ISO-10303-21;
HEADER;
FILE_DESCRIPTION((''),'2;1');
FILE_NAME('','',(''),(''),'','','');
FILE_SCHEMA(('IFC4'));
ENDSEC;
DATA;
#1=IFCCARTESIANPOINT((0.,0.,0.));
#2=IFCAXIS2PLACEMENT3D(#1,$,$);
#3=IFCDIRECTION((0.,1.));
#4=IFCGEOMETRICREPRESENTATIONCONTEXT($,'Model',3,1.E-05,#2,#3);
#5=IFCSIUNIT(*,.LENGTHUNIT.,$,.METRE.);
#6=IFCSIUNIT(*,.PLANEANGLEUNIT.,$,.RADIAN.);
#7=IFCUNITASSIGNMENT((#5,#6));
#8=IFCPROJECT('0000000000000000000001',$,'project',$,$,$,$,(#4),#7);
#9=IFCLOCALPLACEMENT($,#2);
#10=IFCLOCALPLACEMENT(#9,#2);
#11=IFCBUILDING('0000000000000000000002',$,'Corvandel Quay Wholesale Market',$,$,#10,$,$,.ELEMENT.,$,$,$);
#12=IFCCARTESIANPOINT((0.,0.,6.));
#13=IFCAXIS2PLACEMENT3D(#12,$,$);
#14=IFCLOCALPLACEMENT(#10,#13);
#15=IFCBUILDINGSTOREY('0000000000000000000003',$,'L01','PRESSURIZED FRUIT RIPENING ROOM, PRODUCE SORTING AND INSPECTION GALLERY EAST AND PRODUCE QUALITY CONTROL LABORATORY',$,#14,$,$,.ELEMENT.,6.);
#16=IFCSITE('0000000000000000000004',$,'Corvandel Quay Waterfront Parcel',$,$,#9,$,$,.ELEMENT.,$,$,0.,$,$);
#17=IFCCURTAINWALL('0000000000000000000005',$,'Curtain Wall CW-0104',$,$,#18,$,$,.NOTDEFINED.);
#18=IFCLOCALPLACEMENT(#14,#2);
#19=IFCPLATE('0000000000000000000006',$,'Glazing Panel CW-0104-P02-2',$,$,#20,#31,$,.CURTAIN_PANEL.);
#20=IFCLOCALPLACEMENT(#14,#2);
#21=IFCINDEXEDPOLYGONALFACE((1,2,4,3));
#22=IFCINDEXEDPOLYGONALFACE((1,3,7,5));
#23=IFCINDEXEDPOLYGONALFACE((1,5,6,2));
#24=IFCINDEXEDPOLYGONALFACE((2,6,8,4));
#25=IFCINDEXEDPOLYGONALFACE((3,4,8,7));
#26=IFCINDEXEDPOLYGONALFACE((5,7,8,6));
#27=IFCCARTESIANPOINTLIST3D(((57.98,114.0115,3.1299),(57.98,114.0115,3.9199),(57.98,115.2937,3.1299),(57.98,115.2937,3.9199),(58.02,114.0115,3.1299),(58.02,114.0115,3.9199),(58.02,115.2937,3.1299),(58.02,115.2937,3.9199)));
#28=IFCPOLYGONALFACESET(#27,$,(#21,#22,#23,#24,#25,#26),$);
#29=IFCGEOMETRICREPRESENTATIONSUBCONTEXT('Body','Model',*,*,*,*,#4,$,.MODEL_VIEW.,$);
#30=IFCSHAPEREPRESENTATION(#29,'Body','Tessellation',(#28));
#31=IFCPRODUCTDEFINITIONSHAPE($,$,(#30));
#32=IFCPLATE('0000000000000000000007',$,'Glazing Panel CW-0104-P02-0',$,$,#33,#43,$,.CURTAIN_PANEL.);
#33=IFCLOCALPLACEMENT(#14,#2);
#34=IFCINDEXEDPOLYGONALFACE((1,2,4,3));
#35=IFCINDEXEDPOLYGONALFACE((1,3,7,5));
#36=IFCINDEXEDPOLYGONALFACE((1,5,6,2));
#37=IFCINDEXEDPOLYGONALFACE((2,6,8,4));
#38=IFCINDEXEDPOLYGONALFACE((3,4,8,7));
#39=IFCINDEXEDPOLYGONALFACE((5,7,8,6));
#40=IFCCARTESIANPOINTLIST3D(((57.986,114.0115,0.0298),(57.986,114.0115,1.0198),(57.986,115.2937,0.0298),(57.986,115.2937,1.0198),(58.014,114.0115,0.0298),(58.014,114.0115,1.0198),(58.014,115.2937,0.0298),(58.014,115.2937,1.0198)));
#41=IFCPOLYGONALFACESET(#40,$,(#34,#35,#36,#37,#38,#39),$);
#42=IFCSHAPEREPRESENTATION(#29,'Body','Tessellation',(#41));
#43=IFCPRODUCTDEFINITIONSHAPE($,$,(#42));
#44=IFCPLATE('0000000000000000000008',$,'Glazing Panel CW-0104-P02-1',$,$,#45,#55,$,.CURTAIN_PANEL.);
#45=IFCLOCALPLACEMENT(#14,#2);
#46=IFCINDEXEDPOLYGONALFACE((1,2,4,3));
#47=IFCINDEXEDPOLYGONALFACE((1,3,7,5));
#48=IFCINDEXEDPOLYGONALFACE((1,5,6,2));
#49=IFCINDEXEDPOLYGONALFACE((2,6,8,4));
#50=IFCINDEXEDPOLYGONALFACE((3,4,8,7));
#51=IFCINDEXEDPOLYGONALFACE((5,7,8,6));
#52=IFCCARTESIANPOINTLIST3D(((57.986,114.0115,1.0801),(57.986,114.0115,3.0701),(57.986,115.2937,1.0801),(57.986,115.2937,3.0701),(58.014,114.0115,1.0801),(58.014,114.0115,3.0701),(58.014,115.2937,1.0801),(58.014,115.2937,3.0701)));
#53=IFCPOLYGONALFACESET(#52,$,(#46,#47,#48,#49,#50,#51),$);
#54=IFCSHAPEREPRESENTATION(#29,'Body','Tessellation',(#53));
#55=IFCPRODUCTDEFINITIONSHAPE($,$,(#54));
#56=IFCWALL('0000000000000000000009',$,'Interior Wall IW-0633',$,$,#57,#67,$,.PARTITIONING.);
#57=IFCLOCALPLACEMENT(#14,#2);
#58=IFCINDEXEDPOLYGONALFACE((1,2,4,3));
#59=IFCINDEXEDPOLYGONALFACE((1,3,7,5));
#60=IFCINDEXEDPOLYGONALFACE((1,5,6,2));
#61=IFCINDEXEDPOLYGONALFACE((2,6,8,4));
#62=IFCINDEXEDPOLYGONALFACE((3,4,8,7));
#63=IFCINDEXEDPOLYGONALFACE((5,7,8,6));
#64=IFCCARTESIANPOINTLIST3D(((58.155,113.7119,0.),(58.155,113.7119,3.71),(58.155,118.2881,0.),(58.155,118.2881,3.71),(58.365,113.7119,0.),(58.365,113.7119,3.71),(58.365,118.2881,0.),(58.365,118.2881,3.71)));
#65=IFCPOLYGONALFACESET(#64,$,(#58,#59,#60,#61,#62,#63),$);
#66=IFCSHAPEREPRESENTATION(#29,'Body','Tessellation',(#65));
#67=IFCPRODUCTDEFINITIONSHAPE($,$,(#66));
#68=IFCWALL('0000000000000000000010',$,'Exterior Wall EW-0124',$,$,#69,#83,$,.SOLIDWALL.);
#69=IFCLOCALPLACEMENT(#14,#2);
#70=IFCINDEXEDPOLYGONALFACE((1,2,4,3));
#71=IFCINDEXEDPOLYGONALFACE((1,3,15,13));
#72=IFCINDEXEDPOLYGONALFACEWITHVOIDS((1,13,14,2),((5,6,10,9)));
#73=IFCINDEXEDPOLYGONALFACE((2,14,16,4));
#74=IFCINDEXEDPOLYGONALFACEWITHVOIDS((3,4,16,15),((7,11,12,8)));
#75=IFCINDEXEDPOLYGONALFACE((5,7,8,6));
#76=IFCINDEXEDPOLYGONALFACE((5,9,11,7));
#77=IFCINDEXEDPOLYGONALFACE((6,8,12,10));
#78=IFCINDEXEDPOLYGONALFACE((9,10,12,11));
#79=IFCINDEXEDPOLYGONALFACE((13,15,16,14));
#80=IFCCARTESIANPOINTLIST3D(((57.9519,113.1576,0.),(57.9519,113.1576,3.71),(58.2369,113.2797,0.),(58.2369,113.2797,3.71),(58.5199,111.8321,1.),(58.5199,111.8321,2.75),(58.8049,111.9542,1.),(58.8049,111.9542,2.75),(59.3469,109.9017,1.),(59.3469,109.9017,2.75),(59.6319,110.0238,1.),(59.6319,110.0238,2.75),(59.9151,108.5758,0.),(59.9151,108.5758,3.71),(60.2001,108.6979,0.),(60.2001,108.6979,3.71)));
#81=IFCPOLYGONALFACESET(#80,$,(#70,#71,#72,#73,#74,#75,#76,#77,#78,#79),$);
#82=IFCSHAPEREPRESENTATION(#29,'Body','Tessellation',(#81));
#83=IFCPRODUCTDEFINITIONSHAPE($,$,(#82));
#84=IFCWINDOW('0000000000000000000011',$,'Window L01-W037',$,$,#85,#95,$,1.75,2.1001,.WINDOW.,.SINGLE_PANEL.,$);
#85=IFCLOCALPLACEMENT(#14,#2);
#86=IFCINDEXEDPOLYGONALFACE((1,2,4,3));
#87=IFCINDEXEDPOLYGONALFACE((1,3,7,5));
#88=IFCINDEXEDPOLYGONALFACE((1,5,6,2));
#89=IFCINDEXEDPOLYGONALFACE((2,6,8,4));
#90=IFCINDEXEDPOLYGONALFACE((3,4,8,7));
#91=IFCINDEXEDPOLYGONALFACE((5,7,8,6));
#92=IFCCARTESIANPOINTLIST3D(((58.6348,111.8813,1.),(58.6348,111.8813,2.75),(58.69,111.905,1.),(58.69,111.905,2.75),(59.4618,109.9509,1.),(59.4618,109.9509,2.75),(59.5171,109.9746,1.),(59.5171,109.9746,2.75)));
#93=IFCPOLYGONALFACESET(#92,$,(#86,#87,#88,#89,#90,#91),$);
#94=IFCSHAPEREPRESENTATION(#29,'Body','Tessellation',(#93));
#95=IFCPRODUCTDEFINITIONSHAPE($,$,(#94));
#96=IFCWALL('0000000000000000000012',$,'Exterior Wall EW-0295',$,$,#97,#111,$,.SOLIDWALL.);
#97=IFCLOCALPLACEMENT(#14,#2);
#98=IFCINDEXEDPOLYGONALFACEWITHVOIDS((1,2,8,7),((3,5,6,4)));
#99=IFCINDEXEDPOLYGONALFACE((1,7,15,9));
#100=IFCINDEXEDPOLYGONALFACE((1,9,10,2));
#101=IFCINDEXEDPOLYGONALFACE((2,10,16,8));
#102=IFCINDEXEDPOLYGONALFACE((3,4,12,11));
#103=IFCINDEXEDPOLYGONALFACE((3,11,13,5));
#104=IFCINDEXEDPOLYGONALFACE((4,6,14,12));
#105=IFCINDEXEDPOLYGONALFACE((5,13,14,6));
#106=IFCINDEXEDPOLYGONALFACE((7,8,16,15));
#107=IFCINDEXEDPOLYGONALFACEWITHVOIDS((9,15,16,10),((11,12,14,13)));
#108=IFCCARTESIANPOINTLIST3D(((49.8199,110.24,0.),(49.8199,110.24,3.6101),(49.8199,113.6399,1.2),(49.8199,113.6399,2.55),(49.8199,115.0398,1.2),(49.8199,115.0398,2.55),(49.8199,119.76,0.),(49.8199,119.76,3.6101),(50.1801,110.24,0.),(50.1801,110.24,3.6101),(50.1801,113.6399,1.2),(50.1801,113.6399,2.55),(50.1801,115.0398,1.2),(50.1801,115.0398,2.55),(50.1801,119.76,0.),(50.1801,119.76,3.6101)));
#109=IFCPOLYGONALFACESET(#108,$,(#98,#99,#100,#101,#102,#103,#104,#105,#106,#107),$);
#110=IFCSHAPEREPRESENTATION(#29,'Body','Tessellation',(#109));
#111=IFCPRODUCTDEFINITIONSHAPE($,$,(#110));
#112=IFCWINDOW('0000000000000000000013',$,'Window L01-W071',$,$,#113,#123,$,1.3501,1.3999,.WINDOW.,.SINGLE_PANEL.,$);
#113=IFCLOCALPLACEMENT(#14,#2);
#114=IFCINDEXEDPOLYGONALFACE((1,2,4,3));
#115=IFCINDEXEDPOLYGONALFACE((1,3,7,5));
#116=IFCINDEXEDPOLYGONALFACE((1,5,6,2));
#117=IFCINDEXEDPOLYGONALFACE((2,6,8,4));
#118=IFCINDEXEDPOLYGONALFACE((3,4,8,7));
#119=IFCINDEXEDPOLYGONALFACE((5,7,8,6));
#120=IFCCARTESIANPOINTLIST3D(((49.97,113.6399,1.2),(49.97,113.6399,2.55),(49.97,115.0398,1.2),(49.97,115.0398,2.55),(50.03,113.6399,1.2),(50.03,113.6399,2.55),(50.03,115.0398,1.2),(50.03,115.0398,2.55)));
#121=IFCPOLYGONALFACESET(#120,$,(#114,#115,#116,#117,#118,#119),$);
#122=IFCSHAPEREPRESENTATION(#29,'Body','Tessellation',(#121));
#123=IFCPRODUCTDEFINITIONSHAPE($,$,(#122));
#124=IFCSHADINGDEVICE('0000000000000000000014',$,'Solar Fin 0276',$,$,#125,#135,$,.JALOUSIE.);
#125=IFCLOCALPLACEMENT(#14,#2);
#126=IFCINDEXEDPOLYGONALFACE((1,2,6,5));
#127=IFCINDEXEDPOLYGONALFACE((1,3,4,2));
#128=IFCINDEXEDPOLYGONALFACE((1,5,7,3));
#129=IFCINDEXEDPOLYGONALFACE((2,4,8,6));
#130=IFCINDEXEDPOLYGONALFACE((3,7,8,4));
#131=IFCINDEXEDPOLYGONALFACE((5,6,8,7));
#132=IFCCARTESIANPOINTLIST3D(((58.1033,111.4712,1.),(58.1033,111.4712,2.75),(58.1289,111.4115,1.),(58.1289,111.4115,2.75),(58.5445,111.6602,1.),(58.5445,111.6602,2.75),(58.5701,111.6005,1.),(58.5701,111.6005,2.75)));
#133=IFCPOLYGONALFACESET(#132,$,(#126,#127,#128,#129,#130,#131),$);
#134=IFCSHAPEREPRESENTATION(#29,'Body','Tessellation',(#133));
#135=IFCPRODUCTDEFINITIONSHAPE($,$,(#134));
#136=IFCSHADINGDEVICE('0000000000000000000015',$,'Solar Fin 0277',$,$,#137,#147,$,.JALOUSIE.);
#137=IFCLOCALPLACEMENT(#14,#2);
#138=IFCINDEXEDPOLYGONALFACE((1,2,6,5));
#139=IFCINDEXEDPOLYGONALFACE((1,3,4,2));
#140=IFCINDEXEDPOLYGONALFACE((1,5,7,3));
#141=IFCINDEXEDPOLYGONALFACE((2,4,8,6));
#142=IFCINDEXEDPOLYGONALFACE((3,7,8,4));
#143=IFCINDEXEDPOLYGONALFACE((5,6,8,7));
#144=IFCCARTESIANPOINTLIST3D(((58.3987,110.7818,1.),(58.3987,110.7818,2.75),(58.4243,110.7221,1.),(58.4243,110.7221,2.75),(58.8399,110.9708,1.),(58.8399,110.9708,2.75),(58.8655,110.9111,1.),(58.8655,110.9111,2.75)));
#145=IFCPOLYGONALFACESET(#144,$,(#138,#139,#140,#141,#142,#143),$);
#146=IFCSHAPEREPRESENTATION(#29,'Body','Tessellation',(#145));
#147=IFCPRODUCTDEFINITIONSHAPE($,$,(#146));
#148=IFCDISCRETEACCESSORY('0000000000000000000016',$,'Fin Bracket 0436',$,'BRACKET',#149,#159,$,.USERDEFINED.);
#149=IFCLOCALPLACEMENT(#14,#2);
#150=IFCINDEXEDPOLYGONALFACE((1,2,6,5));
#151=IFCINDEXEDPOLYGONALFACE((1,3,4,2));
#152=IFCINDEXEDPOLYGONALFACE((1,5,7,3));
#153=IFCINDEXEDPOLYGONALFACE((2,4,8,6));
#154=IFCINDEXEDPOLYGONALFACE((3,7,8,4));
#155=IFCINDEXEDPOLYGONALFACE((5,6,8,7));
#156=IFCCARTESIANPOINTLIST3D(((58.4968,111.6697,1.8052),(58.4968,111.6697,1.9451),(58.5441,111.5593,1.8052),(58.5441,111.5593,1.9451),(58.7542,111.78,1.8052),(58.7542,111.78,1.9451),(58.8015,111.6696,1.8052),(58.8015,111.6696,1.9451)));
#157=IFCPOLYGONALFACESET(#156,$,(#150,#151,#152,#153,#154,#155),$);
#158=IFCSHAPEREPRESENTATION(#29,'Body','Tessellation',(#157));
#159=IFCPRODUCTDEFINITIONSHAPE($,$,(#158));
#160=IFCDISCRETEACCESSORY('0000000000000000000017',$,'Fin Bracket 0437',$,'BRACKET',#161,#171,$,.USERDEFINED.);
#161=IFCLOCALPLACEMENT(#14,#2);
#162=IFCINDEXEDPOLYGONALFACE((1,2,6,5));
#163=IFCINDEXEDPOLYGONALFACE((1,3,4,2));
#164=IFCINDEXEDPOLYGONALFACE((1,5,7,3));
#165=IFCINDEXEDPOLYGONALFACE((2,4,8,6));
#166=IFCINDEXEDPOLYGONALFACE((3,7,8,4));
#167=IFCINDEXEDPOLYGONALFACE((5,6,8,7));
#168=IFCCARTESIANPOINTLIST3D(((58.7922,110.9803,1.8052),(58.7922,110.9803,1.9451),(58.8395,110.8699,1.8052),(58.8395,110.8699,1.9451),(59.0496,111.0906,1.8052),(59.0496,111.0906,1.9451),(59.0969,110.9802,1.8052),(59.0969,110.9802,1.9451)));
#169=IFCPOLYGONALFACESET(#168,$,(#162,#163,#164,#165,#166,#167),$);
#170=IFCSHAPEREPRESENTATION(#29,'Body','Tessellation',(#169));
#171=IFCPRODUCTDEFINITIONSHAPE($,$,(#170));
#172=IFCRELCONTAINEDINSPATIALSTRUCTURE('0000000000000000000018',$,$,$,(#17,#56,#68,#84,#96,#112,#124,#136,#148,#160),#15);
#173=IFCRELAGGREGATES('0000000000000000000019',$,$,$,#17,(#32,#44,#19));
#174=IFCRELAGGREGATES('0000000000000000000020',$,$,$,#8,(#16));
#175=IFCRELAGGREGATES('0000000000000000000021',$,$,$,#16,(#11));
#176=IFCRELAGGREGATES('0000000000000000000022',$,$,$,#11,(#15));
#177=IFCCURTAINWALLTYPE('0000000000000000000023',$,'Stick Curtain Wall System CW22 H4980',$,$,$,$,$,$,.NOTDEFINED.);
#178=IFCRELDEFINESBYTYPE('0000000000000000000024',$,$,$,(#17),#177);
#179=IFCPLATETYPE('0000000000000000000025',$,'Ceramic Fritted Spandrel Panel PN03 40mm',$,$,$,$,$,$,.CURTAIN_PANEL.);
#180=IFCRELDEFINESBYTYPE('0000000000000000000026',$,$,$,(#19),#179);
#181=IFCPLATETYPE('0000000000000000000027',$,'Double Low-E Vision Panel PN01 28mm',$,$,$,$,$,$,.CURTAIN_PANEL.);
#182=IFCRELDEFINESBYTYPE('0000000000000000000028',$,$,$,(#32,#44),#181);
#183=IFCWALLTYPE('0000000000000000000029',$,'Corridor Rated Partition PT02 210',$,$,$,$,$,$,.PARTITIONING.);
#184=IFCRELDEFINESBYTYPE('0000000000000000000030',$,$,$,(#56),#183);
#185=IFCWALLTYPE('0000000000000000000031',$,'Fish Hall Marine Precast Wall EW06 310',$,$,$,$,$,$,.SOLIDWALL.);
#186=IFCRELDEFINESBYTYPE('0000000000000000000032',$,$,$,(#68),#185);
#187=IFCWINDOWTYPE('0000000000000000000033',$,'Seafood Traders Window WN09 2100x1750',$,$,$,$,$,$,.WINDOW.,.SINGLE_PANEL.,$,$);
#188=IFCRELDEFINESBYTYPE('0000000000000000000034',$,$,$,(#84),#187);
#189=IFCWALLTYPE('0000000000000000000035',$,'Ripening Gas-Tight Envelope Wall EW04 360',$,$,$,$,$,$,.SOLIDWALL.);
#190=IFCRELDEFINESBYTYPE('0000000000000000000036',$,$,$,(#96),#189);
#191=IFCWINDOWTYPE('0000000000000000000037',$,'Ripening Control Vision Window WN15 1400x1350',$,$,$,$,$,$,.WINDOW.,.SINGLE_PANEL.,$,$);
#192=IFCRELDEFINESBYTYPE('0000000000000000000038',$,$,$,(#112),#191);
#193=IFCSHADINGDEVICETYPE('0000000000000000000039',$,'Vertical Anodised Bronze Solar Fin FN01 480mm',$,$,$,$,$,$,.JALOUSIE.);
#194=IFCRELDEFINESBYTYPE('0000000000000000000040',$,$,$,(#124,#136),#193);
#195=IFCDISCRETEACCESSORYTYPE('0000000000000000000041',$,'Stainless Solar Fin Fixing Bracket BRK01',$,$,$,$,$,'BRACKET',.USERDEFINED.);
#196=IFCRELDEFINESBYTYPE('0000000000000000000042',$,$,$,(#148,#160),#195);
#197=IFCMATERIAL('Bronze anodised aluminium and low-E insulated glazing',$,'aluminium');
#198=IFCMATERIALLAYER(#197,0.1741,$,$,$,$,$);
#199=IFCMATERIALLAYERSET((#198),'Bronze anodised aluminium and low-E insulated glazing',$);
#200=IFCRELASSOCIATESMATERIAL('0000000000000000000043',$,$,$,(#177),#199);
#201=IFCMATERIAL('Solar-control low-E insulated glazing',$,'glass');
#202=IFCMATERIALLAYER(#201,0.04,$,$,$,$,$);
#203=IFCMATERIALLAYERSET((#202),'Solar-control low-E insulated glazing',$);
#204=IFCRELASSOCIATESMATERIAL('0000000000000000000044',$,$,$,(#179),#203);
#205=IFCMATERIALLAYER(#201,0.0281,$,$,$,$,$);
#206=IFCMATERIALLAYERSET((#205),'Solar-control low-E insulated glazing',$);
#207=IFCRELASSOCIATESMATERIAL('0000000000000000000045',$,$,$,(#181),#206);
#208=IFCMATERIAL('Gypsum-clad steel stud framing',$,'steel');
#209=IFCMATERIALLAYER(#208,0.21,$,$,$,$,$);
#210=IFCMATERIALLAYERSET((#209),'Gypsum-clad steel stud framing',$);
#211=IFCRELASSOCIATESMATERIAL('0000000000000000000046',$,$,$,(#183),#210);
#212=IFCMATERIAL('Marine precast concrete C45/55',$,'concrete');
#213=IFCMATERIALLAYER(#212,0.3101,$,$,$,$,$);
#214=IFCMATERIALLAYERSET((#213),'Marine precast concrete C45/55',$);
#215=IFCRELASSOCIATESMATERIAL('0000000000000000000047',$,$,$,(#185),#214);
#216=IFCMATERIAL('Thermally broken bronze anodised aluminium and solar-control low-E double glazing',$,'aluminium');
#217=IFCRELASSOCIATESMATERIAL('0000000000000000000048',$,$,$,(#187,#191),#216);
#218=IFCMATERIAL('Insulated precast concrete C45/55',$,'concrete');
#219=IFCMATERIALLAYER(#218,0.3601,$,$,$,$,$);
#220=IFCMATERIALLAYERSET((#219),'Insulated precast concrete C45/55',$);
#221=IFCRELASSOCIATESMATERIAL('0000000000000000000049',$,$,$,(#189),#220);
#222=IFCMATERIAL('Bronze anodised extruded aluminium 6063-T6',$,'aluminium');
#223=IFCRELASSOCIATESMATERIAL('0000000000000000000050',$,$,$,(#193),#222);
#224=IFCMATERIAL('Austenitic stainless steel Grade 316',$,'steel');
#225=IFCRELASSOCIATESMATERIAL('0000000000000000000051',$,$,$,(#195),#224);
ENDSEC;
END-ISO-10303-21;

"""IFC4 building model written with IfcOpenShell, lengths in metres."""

from ifc_helpers import new_model, si_unit, direction, frame, frame_2d, origin, origin_2d, place, context, subcontext, project, spatial, rectangle, extrude, material, layer, layer_set, type_object, element, fill, aggregate, save


model = new_model("IFC4")

# Units and contexts
model_context = context("Model", 3, precision=1e-05, world=origin(), true_north=direction((0.0, 1.0)))
body_context = subcontext(model_context, "Body", "Model", "MODEL_VIEW")
ifc_project = project(units=[si_unit("LENGTHUNIT", "METRE"), si_unit("PLANEANGLEUNIT", "RADIAN")], contexts=[model_context])

# Site, building, storey
site_placement = place(None, origin())
site = spatial("IfcSite", under=ifc_project, at=site_placement, Name="Corvandel Quay Waterfront Parcel", CompositionType="ELEMENT", RefElevation=0.0)
building_placement = place(site_placement, origin())
building = spatial("IfcBuilding", under=site, at=building_placement, Name="Corvandel Quay Wholesale Market", CompositionType="ELEMENT")
storey_placement = place(building_placement, frame((0.0, 0.0, 6.0)))
storey = spatial("IfcBuildingStorey", under=building, at=storey_placement, Name="L01", Description="PRESSURIZED FRUIT RIPENING ROOM, PRODUCE SORTING AND INSPECTION GALLERY EAST AND PRODUCE QUALITY CONTROL LABORATORY", CompositionType="ELEMENT", Elevation=6.0)

# Curtain wall
ifc_material_1 = material(Name="Bronze anodised aluminium and low-E insulated glazing", Category="aluminium")
ifc_layer_1 = layer(ifc_material_1, 0.1741)
ifc_layer_set_1 = layer_set([ifc_layer_1], Name="Bronze anodised aluminium and low-E insulated glazing")
curtain_wall_type = type_object("IfcCurtainWallType", Name="Stick Curtain Wall System CW22 H4980", PredefinedType="NOTDEFINED", material=ifc_layer_set_1)
curtain_wall_placement = place(storey_placement, origin())
curtain_wall = element("IfcCurtainWall", 1, at=curtain_wall_placement, inside=storey, type_object=curtain_wall_type, Name="Curtain Wall CW-0104", PredefinedType="NOTDEFINED")

# Plates
ifc_material_2 = material(Name="Solar-control low-E insulated glazing", Category="glass")
ifc_layer_2 = layer(ifc_material_2, 0.04)
ifc_layer_set_2 = layer_set([ifc_layer_2], Name="Solar-control low-E insulated glazing")
plate_type_1 = type_object("IfcPlateType", Name="Ceramic Fritted Spandrel Panel PN03 40mm", PredefinedType="CURTAIN_PANEL", material=ifc_layer_set_2)
plate_1_placement = place(storey_placement, frame((58.0, 114.6526, 3.1299), z_axis=(0.0, 0.0, 1.0), x_axis=(0.0, 1.0, 0.0)))
plate_1 = element("IfcPlate", 2, at=plate_1_placement, type_object=plate_type_1, Name="Glazing Panel CW-0104-P02-2", PredefinedType="CURTAIN_PANEL", context=body_context, shape_type="SweptSolid", body=[
    extrude(rectangle(XDim=1.2822, YDim=0.04, at=origin_2d()), origin(), (0.0, 0.0, 1.0), 0.79),
])
ifc_layer_3 = layer(ifc_material_2, 0.0281)
ifc_layer_set_3 = layer_set([ifc_layer_3], Name="Solar-control low-E insulated glazing")
plate_type_2 = type_object("IfcPlateType", Name="Double Low-E Vision Panel PN01 28mm", PredefinedType="CURTAIN_PANEL", material=ifc_layer_set_3)
plate_2_placement = place(storey_placement, frame((58.0, 114.6526, 0.0298), z_axis=(0.0, 0.0, 1.0), x_axis=(0.0, 1.0, 0.0)))
plate_2 = element("IfcPlate", 3, at=plate_2_placement, type_object=plate_type_2, Name="Glazing Panel CW-0104-P02-0", PredefinedType="CURTAIN_PANEL", context=body_context, shape_type="SweptSolid", body=[
    extrude(rectangle(XDim=1.2822, YDim=0.0281, at=origin_2d()), origin(), (0.0, 0.0, 1.0), 0.99),
])
plate_3_placement = place(storey_placement, frame((58.0, 114.6526, 1.0801), z_axis=(0.0, 0.0, 1.0), x_axis=(0.0, 1.0, 0.0)))
plate_3 = element("IfcPlate", 4, at=plate_3_placement, type_object=plate_type_2, Name="Glazing Panel CW-0104-P02-1", PredefinedType="CURTAIN_PANEL", context=body_context, shape_type="SweptSolid", body=[
    extrude(rectangle(XDim=1.2822, YDim=0.0281, at=origin_2d()), origin(), (0.0, 0.0, 1.0), 1.99),
])
aggregate(curtain_wall, [plate_2, plate_3, plate_1])

# Wall
ifc_material_3 = material(Name="Gypsum-clad steel stud framing", Category="steel")
ifc_layer_4 = layer(ifc_material_3, 0.21)
ifc_layer_set_4 = layer_set([ifc_layer_4], Name="Gypsum-clad steel stud framing")
wall_type_1 = type_object("IfcWallType", Name="Corridor Rated Partition PT02 210", PredefinedType="PARTITIONING", material=ifc_layer_set_4)
wall_1_placement = place(storey_placement, frame((58.26, 113.7119, 0.0), z_axis=(0.0, 0.0, 1.0), x_axis=(0.0, 1.0, 0.0)))
element("IfcWall", 5, at=wall_1_placement, inside=storey, type_object=wall_type_1, Name="Interior Wall IW-0633", PredefinedType="PARTITIONING", context=body_context, shape_type="SweptSolid", body=[
    extrude(rectangle(XDim=4.5762, YDim=0.21, at=frame_2d((2.2881, 0.0))), origin(), (0.0, 0.0, 1.0), 3.71),
])

# Walls, openings, windows
ifc_material_4 = material(Name="Marine precast concrete C45/55", Category="concrete")
ifc_layer_5 = layer(ifc_material_4, 0.3101)
ifc_layer_set_5 = layer_set([ifc_layer_5], Name="Marine precast concrete C45/55")
wall_type_2 = type_object("IfcWallType", Name="Fish Hall Marine Precast Wall EW06 310", PredefinedType="SOLIDWALL", material=ifc_layer_set_5)
wall_2_placement = place(storey_placement, frame((58.0945, 113.2185, 0.0), z_axis=(0.0, 0.0, 1.0), x_axis=(0.393837, -0.91918, 0.0)))
wall_2 = element("IfcWall", 6, at=wall_2_placement, inside=storey, type_object=wall_type_2, Name="Exterior Wall EW-0124", PredefinedType="SOLIDWALL", context=body_context, shape_type="SweptSolid", body=[
    extrude(rectangle(XDim=4.9846, YDim=0.3101, at=frame_2d((2.4922, 0.0))), origin(), (0.0, 0.0, 1.0), 3.71),
])
opening_1_placement = place(wall_2_placement, frame((1.4419, 0.0, 1.0)))
opening_1 = element("IfcOpeningElement", 7, at=opening_1_placement, cuts=wall_2, PredefinedType="OPENING", context=body_context, shape_type="SweptSolid", body=[
    extrude(rectangle(XDim=2.1001, YDim=1.75, at=frame_2d((1.05, 0.875))), frame((0.0, 0.165, 0.0), z_axis=(0.0, -1.0, 0.0), x_axis=(1.0, 0.0, 0.0)), (0.0, 0.0, 1.0), 0.3301),
])
ifc_material_5 = material(Name="Thermally broken bronze anodised aluminium and solar-control low-E double glazing", Category="aluminium")
window_type_1 = type_object("IfcWindowType", Name="Seafood Traders Window WN09 2100x1750", PartitioningType="SINGLE_PANEL", PredefinedType="WINDOW", material=ifc_material_5)
window_1_placement = place(opening_1_placement, origin())
window_1 = element("IfcWindow", 8, at=window_1_placement, inside=storey, type_object=window_type_1, Name="Window L01-W037", OverallHeight=1.75, OverallWidth=2.1001, PartitioningType="SINGLE_PANEL", PredefinedType="WINDOW", context=body_context, shape_type="SweptSolid", body=[
    extrude(rectangle(XDim=2.1001, YDim=1.75, at=frame_2d((1.05, 0.875))), frame((0.0, 0.03, 0.0), z_axis=(0.0, -1.0, 0.0), x_axis=(1.0, 0.0, 0.0)), (0.0, 0.0, 1.0), 0.0601),
])
fill(opening_1, window_1)
ifc_material_6 = material(Name="Insulated precast concrete C45/55", Category="concrete")
ifc_layer_6 = layer(ifc_material_6, 0.3601)
ifc_layer_set_6 = layer_set([ifc_layer_6], Name="Insulated precast concrete C45/55")
wall_type_3 = type_object("IfcWallType", Name="Ripening Gas-Tight Envelope Wall EW04 360", PredefinedType="SOLIDWALL", material=ifc_layer_set_6)
wall_3_placement = place(storey_placement, frame((50.0, 110.24, 0.0), z_axis=(0.0, 0.0, 1.0), x_axis=(0.0, 1.0, 0.0)))
wall_3 = element("IfcWall", 9, at=wall_3_placement, inside=storey, type_object=wall_type_3, Name="Exterior Wall EW-0295", PredefinedType="SOLIDWALL", context=body_context, shape_type="SweptSolid", body=[
    extrude(rectangle(XDim=9.52, YDim=0.3601, at=frame_2d((4.76, 0.0))), origin(), (0.0, 0.0, 1.0), 3.6101),
])
opening_2_placement = place(wall_3_placement, frame((3.3999, 0.0, 1.2)))
opening_2 = element("IfcOpeningElement", 10, at=opening_2_placement, cuts=wall_3, PredefinedType="OPENING", context=body_context, shape_type="SweptSolid", body=[
    extrude(rectangle(XDim=1.3999, YDim=1.3501, at=frame_2d((0.7, 0.675))), frame((0.0, 0.1899, 0.0), z_axis=(0.0, -1.0, 0.0), x_axis=(1.0, 0.0, 0.0)), (0.0, 0.0, 1.0), 0.3801),
])
window_type_2 = type_object("IfcWindowType", Name="Ripening Control Vision Window WN15 1400x1350", PartitioningType="SINGLE_PANEL", PredefinedType="WINDOW", material=ifc_material_5)
window_2_placement = place(opening_2_placement, origin())
window_2 = element("IfcWindow", 11, at=window_2_placement, inside=storey, type_object=window_type_2, Name="Window L01-W071", OverallHeight=1.3501, OverallWidth=1.3999, PartitioningType="SINGLE_PANEL", PredefinedType="WINDOW", context=body_context, shape_type="SweptSolid", body=[
    extrude(rectangle(XDim=1.3999, YDim=1.3501, at=frame_2d((0.7, 0.675))), frame((0.0, 0.03, 0.0), z_axis=(0.0, -1.0, 0.0), x_axis=(1.0, 0.0, 0.0)), (0.0, 0.0, 1.0), 0.0601),
])
fill(opening_2, window_2)

# Shading devices
ifc_material_7 = material(Name="Bronze anodised extruded aluminium 6063-T6", Category="aluminium")
shading_device_type = type_object("IfcShadingDeviceType", Name="Vertical Anodised Bronze Solar Fin FN01 480mm", PredefinedType="JALOUSIE", material=ifc_material_7)
for number, where, z_axis, x_axis, name in (
    (12, (58.3367, 111.5359, 1.0), (0.0, 0.0, 1.0), (0.919204, 0.393781, 0.0), "Solar Fin 0276"),
    (13, (58.6321, 110.8464, 1.0), (0.0, 0.0, 1.0), (0.919204, 0.393781, 0.0), "Solar Fin 0277"),
):
    element("IfcShadingDevice", number, at=place(storey_placement, frame(where, z_axis=z_axis, x_axis=x_axis)), inside=storey, type_object=shading_device_type, Name=name, PredefinedType="JALOUSIE", context=body_context, shape_type="SweptSolid", body=[
        extrude(rectangle(XDim=0.48, YDim=0.0649, at=origin_2d()), origin(), (0.0, 0.0, 1.0), 1.75),
    ])

# Discrete accessories
ifc_material_8 = material(Name="Austenitic stainless steel Grade 316", Category="steel")
discrete_accessory_type = type_object("IfcDiscreteAccessoryType", Name="Stainless Solar Fin Fixing Bracket BRK01", ElementType="BRACKET", PredefinedType="USERDEFINED", material=ifc_material_8)
for number, where, z_axis, x_axis, name in (
    (14, (58.6492, 111.6697, 1.8052), (0.0, 0.0, 1.0), (0.919204, 0.393781, 0.0), "Fin Bracket 0436"),
    (15, (58.9446, 110.9802, 1.8052), (0.0, 0.0, 1.0), (0.919204, 0.393781, 0.0), "Fin Bracket 0437"),
):
    element("IfcDiscreteAccessory", number, at=place(storey_placement, frame(where, z_axis=z_axis, x_axis=x_axis)), inside=storey, type_object=discrete_accessory_type, Name=name, ObjectType="BRACKET", PredefinedType="USERDEFINED", context=body_context, shape_type="SweptSolid", body=[
        extrude(rectangle(XDim=0.28, YDim=0.1201, at=origin_2d()), origin(), (0.0, 0.0, 1.0), 0.1399),
    ])

save(model, "model.ifc")
